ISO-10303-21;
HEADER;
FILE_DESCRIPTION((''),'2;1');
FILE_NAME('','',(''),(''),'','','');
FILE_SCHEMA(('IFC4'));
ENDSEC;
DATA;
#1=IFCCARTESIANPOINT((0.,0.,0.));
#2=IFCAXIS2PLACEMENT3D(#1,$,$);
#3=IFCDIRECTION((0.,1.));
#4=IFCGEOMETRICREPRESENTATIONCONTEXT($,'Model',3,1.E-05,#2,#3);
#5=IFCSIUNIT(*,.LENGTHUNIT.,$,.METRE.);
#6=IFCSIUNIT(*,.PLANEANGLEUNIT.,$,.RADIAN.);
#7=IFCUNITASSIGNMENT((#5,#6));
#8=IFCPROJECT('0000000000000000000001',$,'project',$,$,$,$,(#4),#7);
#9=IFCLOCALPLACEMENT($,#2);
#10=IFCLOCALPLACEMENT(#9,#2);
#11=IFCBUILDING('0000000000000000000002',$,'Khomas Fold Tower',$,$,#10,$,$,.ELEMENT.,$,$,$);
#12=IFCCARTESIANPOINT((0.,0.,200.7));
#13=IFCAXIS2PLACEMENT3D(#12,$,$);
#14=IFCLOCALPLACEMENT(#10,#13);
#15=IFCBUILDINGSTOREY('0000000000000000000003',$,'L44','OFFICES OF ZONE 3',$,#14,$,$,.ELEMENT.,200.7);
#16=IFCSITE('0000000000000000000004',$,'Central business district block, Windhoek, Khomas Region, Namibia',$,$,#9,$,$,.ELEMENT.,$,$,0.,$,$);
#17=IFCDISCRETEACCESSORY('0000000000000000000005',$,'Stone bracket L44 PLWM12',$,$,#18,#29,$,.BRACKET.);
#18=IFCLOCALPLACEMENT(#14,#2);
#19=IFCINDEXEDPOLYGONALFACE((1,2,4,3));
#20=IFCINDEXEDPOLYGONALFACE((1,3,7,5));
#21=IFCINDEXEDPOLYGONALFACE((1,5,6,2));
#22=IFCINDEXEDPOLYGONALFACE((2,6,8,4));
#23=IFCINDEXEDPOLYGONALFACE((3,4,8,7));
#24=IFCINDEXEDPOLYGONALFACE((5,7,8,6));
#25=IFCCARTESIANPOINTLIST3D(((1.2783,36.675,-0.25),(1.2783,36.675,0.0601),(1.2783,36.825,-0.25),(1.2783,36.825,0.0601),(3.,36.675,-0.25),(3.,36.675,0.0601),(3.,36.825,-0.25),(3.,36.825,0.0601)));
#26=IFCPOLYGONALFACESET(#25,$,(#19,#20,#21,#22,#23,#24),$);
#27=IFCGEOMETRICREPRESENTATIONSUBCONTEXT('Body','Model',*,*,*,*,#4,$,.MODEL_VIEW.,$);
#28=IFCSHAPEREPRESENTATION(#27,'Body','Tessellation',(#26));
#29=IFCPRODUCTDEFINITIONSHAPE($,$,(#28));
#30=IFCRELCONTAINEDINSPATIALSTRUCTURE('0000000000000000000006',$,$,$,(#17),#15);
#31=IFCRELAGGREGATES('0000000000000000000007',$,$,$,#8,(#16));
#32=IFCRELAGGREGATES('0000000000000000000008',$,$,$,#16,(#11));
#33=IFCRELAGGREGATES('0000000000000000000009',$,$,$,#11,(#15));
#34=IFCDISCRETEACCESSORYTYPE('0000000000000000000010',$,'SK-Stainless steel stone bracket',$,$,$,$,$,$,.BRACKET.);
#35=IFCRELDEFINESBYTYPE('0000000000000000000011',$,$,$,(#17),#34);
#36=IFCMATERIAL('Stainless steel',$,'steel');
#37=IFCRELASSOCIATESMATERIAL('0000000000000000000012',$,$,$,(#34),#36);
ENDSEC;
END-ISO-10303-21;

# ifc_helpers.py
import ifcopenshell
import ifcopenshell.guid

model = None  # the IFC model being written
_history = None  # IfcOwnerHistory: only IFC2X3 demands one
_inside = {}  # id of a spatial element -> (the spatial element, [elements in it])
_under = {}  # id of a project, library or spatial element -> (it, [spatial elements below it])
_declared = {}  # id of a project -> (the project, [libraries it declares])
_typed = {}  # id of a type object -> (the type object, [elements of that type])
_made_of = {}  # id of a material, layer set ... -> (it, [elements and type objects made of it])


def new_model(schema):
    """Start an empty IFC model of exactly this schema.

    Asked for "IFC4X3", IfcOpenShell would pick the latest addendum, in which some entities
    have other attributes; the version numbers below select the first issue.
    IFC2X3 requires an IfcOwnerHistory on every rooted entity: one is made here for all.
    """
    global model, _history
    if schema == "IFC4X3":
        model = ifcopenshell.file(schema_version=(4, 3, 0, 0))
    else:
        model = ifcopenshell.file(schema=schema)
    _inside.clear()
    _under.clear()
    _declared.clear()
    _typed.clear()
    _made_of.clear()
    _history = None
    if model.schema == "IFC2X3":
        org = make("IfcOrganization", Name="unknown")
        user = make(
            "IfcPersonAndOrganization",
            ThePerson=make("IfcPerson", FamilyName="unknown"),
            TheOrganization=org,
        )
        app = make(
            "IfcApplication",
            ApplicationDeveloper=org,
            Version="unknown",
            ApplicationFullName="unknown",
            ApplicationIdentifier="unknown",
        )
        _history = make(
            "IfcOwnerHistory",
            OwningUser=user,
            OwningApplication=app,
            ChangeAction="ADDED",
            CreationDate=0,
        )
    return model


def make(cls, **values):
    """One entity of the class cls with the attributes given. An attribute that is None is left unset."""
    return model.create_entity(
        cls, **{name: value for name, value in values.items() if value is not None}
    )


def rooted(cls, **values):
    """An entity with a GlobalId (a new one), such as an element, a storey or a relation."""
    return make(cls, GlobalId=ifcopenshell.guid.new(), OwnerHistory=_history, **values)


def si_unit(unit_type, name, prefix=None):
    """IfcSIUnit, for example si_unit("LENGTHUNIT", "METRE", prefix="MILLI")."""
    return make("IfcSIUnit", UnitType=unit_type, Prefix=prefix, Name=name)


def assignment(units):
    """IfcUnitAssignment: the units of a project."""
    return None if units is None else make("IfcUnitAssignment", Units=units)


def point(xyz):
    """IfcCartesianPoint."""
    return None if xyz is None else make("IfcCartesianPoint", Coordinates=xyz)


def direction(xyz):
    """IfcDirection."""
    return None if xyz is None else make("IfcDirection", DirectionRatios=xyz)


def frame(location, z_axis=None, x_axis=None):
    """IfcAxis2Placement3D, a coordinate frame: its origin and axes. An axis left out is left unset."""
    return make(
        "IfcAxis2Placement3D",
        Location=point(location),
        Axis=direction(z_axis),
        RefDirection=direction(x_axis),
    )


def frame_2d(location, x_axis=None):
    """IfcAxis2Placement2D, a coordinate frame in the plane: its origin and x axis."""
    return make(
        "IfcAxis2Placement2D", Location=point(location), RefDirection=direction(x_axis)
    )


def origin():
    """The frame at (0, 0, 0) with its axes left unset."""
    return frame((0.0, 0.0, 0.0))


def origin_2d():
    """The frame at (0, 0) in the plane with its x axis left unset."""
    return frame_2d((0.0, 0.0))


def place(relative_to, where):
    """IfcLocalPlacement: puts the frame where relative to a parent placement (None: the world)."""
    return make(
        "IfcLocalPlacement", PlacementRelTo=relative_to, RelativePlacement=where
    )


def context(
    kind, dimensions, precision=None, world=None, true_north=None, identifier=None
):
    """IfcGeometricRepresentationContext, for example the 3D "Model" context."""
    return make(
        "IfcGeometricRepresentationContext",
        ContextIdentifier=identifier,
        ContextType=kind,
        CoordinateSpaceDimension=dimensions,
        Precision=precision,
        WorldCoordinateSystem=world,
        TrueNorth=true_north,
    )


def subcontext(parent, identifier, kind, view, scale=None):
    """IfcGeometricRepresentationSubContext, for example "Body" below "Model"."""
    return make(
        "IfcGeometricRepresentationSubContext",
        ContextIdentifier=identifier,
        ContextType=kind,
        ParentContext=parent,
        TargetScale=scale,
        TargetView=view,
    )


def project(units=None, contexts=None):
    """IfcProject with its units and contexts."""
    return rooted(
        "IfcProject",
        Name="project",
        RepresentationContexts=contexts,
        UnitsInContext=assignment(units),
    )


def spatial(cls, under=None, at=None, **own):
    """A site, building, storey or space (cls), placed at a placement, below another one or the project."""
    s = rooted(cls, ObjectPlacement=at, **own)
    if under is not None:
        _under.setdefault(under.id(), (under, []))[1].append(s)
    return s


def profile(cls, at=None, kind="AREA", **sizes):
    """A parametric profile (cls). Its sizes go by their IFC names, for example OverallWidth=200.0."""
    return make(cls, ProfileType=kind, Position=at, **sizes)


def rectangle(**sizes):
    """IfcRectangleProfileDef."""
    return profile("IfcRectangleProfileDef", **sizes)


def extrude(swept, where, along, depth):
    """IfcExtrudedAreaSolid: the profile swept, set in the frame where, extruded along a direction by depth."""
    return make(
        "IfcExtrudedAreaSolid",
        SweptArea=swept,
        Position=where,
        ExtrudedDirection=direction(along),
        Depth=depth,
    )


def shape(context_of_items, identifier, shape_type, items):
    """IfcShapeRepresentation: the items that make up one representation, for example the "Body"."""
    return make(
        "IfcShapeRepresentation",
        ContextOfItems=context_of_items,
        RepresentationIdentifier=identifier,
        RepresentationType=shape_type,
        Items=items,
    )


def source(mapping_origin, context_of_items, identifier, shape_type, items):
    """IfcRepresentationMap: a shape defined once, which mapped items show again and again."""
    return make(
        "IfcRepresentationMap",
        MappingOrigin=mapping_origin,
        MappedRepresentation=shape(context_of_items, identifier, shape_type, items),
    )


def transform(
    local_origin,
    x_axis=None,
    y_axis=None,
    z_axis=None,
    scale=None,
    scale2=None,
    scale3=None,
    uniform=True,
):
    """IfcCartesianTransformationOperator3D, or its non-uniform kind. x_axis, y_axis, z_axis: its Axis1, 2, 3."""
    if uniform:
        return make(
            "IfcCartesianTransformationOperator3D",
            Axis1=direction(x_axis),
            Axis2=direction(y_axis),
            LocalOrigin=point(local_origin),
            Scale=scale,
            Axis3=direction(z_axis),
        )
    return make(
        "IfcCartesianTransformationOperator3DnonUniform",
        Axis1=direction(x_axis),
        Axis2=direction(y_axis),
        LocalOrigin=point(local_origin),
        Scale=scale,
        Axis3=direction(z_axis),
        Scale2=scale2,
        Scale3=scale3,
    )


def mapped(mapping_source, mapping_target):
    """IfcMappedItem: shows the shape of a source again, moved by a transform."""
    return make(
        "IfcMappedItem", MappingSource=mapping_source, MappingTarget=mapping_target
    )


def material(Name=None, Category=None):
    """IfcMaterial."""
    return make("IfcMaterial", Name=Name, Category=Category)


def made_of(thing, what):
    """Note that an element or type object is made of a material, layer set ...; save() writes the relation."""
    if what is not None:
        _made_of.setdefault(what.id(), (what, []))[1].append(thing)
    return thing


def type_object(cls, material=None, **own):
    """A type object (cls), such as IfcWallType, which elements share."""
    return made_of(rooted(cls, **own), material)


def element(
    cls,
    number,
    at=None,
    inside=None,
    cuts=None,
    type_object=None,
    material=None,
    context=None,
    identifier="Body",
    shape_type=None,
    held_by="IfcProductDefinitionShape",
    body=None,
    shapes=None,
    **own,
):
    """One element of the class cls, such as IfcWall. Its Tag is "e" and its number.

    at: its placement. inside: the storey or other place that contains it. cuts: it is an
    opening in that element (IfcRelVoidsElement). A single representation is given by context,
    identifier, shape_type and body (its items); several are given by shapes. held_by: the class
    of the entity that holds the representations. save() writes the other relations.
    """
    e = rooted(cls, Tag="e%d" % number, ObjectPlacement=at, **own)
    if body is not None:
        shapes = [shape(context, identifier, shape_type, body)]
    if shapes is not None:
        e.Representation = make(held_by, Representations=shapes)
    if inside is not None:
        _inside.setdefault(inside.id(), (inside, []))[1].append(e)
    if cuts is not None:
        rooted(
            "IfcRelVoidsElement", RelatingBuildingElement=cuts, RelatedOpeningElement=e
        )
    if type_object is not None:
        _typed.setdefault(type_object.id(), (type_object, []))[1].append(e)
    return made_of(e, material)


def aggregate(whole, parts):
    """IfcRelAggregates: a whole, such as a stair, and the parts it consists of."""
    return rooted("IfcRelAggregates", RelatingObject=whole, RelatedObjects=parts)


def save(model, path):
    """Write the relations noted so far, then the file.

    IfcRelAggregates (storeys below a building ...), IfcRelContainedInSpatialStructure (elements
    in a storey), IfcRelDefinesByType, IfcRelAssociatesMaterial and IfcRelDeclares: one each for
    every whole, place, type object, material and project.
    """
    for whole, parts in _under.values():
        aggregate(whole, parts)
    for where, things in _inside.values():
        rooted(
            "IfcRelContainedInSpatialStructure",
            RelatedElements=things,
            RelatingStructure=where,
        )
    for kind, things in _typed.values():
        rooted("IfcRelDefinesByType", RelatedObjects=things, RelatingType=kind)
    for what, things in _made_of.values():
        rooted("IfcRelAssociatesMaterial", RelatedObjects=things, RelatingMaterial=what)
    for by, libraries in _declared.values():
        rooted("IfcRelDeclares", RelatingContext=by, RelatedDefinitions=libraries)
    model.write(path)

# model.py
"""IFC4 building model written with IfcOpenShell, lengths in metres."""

from ifc_helpers import new_model, si_unit, direction, frame, origin, origin_2d, place, context, subcontext, project, spatial, rectangle, extrude, source, transform, mapped, material, type_object, element, save


model = new_model("IFC4")

# Units and contexts
model_context = context("Model", 3, precision=1e-05, world=origin(), true_north=direction((0.0, 1.0)))
body_context = subcontext(model_context, "Body", "Model", "MODEL_VIEW")
ifc_project = project(units=[si_unit("LENGTHUNIT", "METRE"), si_unit("PLANEANGLEUNIT", "RADIAN")], contexts=[model_context])

# Site, building, storey
site_placement = place(None, origin())
site = spatial("IfcSite", under=ifc_project, at=site_placement, Name="Central business district block, Windhoek, Khomas Region, Namibia", CompositionType="ELEMENT", RefElevation=0.0)
building_placement = place(site_placement, origin())
building = spatial("IfcBuilding", under=site, at=building_placement, Name="Khomas Fold Tower", CompositionType="ELEMENT")
storey_placement = place(building_placement, frame((0.0, 0.0, 200.7)))
storey = spatial("IfcBuildingStorey", under=building, at=storey_placement, Name="L44", Description="OFFICES OF ZONE 3", CompositionType="ELEMENT", Elevation=200.7)

# Discrete accessory
ifc_material_1 = material(Name="Stainless steel", Category="steel")
discrete_accessory_type = type_object("IfcDiscreteAccessoryType", Name="SK-Stainless steel stone bracket", PredefinedType="BRACKET", material=ifc_material_1)
shared_shape_1 = source(origin(), body_context, "Body", "SweptSolid", [
    extrude(rectangle(XDim=1.7217, YDim=0.1499, at=origin_2d()), origin(), (0.0, 0.0, 1.0), 0.3101),
])
for number, where, z_axis, x_axis, name in (
    (1, (2.1392, 36.75, -0.25), (0.0, 0.0, 1.0), (-1.0, 0.0, 0.0), "Stone bracket L44 PLWM12"),
):
    element("IfcDiscreteAccessory", number, at=place(storey_placement, frame(where, z_axis=z_axis, x_axis=x_axis)), inside=storey, type_object=discrete_accessory_type, Name=name, PredefinedType="BRACKET", context=body_context, shape_type="MappedRepresentation", body=[
        mapped(shared_shape_1, transform((0.0, 0.0, 0.0))),
    ])

save(model, "model.ifc")
